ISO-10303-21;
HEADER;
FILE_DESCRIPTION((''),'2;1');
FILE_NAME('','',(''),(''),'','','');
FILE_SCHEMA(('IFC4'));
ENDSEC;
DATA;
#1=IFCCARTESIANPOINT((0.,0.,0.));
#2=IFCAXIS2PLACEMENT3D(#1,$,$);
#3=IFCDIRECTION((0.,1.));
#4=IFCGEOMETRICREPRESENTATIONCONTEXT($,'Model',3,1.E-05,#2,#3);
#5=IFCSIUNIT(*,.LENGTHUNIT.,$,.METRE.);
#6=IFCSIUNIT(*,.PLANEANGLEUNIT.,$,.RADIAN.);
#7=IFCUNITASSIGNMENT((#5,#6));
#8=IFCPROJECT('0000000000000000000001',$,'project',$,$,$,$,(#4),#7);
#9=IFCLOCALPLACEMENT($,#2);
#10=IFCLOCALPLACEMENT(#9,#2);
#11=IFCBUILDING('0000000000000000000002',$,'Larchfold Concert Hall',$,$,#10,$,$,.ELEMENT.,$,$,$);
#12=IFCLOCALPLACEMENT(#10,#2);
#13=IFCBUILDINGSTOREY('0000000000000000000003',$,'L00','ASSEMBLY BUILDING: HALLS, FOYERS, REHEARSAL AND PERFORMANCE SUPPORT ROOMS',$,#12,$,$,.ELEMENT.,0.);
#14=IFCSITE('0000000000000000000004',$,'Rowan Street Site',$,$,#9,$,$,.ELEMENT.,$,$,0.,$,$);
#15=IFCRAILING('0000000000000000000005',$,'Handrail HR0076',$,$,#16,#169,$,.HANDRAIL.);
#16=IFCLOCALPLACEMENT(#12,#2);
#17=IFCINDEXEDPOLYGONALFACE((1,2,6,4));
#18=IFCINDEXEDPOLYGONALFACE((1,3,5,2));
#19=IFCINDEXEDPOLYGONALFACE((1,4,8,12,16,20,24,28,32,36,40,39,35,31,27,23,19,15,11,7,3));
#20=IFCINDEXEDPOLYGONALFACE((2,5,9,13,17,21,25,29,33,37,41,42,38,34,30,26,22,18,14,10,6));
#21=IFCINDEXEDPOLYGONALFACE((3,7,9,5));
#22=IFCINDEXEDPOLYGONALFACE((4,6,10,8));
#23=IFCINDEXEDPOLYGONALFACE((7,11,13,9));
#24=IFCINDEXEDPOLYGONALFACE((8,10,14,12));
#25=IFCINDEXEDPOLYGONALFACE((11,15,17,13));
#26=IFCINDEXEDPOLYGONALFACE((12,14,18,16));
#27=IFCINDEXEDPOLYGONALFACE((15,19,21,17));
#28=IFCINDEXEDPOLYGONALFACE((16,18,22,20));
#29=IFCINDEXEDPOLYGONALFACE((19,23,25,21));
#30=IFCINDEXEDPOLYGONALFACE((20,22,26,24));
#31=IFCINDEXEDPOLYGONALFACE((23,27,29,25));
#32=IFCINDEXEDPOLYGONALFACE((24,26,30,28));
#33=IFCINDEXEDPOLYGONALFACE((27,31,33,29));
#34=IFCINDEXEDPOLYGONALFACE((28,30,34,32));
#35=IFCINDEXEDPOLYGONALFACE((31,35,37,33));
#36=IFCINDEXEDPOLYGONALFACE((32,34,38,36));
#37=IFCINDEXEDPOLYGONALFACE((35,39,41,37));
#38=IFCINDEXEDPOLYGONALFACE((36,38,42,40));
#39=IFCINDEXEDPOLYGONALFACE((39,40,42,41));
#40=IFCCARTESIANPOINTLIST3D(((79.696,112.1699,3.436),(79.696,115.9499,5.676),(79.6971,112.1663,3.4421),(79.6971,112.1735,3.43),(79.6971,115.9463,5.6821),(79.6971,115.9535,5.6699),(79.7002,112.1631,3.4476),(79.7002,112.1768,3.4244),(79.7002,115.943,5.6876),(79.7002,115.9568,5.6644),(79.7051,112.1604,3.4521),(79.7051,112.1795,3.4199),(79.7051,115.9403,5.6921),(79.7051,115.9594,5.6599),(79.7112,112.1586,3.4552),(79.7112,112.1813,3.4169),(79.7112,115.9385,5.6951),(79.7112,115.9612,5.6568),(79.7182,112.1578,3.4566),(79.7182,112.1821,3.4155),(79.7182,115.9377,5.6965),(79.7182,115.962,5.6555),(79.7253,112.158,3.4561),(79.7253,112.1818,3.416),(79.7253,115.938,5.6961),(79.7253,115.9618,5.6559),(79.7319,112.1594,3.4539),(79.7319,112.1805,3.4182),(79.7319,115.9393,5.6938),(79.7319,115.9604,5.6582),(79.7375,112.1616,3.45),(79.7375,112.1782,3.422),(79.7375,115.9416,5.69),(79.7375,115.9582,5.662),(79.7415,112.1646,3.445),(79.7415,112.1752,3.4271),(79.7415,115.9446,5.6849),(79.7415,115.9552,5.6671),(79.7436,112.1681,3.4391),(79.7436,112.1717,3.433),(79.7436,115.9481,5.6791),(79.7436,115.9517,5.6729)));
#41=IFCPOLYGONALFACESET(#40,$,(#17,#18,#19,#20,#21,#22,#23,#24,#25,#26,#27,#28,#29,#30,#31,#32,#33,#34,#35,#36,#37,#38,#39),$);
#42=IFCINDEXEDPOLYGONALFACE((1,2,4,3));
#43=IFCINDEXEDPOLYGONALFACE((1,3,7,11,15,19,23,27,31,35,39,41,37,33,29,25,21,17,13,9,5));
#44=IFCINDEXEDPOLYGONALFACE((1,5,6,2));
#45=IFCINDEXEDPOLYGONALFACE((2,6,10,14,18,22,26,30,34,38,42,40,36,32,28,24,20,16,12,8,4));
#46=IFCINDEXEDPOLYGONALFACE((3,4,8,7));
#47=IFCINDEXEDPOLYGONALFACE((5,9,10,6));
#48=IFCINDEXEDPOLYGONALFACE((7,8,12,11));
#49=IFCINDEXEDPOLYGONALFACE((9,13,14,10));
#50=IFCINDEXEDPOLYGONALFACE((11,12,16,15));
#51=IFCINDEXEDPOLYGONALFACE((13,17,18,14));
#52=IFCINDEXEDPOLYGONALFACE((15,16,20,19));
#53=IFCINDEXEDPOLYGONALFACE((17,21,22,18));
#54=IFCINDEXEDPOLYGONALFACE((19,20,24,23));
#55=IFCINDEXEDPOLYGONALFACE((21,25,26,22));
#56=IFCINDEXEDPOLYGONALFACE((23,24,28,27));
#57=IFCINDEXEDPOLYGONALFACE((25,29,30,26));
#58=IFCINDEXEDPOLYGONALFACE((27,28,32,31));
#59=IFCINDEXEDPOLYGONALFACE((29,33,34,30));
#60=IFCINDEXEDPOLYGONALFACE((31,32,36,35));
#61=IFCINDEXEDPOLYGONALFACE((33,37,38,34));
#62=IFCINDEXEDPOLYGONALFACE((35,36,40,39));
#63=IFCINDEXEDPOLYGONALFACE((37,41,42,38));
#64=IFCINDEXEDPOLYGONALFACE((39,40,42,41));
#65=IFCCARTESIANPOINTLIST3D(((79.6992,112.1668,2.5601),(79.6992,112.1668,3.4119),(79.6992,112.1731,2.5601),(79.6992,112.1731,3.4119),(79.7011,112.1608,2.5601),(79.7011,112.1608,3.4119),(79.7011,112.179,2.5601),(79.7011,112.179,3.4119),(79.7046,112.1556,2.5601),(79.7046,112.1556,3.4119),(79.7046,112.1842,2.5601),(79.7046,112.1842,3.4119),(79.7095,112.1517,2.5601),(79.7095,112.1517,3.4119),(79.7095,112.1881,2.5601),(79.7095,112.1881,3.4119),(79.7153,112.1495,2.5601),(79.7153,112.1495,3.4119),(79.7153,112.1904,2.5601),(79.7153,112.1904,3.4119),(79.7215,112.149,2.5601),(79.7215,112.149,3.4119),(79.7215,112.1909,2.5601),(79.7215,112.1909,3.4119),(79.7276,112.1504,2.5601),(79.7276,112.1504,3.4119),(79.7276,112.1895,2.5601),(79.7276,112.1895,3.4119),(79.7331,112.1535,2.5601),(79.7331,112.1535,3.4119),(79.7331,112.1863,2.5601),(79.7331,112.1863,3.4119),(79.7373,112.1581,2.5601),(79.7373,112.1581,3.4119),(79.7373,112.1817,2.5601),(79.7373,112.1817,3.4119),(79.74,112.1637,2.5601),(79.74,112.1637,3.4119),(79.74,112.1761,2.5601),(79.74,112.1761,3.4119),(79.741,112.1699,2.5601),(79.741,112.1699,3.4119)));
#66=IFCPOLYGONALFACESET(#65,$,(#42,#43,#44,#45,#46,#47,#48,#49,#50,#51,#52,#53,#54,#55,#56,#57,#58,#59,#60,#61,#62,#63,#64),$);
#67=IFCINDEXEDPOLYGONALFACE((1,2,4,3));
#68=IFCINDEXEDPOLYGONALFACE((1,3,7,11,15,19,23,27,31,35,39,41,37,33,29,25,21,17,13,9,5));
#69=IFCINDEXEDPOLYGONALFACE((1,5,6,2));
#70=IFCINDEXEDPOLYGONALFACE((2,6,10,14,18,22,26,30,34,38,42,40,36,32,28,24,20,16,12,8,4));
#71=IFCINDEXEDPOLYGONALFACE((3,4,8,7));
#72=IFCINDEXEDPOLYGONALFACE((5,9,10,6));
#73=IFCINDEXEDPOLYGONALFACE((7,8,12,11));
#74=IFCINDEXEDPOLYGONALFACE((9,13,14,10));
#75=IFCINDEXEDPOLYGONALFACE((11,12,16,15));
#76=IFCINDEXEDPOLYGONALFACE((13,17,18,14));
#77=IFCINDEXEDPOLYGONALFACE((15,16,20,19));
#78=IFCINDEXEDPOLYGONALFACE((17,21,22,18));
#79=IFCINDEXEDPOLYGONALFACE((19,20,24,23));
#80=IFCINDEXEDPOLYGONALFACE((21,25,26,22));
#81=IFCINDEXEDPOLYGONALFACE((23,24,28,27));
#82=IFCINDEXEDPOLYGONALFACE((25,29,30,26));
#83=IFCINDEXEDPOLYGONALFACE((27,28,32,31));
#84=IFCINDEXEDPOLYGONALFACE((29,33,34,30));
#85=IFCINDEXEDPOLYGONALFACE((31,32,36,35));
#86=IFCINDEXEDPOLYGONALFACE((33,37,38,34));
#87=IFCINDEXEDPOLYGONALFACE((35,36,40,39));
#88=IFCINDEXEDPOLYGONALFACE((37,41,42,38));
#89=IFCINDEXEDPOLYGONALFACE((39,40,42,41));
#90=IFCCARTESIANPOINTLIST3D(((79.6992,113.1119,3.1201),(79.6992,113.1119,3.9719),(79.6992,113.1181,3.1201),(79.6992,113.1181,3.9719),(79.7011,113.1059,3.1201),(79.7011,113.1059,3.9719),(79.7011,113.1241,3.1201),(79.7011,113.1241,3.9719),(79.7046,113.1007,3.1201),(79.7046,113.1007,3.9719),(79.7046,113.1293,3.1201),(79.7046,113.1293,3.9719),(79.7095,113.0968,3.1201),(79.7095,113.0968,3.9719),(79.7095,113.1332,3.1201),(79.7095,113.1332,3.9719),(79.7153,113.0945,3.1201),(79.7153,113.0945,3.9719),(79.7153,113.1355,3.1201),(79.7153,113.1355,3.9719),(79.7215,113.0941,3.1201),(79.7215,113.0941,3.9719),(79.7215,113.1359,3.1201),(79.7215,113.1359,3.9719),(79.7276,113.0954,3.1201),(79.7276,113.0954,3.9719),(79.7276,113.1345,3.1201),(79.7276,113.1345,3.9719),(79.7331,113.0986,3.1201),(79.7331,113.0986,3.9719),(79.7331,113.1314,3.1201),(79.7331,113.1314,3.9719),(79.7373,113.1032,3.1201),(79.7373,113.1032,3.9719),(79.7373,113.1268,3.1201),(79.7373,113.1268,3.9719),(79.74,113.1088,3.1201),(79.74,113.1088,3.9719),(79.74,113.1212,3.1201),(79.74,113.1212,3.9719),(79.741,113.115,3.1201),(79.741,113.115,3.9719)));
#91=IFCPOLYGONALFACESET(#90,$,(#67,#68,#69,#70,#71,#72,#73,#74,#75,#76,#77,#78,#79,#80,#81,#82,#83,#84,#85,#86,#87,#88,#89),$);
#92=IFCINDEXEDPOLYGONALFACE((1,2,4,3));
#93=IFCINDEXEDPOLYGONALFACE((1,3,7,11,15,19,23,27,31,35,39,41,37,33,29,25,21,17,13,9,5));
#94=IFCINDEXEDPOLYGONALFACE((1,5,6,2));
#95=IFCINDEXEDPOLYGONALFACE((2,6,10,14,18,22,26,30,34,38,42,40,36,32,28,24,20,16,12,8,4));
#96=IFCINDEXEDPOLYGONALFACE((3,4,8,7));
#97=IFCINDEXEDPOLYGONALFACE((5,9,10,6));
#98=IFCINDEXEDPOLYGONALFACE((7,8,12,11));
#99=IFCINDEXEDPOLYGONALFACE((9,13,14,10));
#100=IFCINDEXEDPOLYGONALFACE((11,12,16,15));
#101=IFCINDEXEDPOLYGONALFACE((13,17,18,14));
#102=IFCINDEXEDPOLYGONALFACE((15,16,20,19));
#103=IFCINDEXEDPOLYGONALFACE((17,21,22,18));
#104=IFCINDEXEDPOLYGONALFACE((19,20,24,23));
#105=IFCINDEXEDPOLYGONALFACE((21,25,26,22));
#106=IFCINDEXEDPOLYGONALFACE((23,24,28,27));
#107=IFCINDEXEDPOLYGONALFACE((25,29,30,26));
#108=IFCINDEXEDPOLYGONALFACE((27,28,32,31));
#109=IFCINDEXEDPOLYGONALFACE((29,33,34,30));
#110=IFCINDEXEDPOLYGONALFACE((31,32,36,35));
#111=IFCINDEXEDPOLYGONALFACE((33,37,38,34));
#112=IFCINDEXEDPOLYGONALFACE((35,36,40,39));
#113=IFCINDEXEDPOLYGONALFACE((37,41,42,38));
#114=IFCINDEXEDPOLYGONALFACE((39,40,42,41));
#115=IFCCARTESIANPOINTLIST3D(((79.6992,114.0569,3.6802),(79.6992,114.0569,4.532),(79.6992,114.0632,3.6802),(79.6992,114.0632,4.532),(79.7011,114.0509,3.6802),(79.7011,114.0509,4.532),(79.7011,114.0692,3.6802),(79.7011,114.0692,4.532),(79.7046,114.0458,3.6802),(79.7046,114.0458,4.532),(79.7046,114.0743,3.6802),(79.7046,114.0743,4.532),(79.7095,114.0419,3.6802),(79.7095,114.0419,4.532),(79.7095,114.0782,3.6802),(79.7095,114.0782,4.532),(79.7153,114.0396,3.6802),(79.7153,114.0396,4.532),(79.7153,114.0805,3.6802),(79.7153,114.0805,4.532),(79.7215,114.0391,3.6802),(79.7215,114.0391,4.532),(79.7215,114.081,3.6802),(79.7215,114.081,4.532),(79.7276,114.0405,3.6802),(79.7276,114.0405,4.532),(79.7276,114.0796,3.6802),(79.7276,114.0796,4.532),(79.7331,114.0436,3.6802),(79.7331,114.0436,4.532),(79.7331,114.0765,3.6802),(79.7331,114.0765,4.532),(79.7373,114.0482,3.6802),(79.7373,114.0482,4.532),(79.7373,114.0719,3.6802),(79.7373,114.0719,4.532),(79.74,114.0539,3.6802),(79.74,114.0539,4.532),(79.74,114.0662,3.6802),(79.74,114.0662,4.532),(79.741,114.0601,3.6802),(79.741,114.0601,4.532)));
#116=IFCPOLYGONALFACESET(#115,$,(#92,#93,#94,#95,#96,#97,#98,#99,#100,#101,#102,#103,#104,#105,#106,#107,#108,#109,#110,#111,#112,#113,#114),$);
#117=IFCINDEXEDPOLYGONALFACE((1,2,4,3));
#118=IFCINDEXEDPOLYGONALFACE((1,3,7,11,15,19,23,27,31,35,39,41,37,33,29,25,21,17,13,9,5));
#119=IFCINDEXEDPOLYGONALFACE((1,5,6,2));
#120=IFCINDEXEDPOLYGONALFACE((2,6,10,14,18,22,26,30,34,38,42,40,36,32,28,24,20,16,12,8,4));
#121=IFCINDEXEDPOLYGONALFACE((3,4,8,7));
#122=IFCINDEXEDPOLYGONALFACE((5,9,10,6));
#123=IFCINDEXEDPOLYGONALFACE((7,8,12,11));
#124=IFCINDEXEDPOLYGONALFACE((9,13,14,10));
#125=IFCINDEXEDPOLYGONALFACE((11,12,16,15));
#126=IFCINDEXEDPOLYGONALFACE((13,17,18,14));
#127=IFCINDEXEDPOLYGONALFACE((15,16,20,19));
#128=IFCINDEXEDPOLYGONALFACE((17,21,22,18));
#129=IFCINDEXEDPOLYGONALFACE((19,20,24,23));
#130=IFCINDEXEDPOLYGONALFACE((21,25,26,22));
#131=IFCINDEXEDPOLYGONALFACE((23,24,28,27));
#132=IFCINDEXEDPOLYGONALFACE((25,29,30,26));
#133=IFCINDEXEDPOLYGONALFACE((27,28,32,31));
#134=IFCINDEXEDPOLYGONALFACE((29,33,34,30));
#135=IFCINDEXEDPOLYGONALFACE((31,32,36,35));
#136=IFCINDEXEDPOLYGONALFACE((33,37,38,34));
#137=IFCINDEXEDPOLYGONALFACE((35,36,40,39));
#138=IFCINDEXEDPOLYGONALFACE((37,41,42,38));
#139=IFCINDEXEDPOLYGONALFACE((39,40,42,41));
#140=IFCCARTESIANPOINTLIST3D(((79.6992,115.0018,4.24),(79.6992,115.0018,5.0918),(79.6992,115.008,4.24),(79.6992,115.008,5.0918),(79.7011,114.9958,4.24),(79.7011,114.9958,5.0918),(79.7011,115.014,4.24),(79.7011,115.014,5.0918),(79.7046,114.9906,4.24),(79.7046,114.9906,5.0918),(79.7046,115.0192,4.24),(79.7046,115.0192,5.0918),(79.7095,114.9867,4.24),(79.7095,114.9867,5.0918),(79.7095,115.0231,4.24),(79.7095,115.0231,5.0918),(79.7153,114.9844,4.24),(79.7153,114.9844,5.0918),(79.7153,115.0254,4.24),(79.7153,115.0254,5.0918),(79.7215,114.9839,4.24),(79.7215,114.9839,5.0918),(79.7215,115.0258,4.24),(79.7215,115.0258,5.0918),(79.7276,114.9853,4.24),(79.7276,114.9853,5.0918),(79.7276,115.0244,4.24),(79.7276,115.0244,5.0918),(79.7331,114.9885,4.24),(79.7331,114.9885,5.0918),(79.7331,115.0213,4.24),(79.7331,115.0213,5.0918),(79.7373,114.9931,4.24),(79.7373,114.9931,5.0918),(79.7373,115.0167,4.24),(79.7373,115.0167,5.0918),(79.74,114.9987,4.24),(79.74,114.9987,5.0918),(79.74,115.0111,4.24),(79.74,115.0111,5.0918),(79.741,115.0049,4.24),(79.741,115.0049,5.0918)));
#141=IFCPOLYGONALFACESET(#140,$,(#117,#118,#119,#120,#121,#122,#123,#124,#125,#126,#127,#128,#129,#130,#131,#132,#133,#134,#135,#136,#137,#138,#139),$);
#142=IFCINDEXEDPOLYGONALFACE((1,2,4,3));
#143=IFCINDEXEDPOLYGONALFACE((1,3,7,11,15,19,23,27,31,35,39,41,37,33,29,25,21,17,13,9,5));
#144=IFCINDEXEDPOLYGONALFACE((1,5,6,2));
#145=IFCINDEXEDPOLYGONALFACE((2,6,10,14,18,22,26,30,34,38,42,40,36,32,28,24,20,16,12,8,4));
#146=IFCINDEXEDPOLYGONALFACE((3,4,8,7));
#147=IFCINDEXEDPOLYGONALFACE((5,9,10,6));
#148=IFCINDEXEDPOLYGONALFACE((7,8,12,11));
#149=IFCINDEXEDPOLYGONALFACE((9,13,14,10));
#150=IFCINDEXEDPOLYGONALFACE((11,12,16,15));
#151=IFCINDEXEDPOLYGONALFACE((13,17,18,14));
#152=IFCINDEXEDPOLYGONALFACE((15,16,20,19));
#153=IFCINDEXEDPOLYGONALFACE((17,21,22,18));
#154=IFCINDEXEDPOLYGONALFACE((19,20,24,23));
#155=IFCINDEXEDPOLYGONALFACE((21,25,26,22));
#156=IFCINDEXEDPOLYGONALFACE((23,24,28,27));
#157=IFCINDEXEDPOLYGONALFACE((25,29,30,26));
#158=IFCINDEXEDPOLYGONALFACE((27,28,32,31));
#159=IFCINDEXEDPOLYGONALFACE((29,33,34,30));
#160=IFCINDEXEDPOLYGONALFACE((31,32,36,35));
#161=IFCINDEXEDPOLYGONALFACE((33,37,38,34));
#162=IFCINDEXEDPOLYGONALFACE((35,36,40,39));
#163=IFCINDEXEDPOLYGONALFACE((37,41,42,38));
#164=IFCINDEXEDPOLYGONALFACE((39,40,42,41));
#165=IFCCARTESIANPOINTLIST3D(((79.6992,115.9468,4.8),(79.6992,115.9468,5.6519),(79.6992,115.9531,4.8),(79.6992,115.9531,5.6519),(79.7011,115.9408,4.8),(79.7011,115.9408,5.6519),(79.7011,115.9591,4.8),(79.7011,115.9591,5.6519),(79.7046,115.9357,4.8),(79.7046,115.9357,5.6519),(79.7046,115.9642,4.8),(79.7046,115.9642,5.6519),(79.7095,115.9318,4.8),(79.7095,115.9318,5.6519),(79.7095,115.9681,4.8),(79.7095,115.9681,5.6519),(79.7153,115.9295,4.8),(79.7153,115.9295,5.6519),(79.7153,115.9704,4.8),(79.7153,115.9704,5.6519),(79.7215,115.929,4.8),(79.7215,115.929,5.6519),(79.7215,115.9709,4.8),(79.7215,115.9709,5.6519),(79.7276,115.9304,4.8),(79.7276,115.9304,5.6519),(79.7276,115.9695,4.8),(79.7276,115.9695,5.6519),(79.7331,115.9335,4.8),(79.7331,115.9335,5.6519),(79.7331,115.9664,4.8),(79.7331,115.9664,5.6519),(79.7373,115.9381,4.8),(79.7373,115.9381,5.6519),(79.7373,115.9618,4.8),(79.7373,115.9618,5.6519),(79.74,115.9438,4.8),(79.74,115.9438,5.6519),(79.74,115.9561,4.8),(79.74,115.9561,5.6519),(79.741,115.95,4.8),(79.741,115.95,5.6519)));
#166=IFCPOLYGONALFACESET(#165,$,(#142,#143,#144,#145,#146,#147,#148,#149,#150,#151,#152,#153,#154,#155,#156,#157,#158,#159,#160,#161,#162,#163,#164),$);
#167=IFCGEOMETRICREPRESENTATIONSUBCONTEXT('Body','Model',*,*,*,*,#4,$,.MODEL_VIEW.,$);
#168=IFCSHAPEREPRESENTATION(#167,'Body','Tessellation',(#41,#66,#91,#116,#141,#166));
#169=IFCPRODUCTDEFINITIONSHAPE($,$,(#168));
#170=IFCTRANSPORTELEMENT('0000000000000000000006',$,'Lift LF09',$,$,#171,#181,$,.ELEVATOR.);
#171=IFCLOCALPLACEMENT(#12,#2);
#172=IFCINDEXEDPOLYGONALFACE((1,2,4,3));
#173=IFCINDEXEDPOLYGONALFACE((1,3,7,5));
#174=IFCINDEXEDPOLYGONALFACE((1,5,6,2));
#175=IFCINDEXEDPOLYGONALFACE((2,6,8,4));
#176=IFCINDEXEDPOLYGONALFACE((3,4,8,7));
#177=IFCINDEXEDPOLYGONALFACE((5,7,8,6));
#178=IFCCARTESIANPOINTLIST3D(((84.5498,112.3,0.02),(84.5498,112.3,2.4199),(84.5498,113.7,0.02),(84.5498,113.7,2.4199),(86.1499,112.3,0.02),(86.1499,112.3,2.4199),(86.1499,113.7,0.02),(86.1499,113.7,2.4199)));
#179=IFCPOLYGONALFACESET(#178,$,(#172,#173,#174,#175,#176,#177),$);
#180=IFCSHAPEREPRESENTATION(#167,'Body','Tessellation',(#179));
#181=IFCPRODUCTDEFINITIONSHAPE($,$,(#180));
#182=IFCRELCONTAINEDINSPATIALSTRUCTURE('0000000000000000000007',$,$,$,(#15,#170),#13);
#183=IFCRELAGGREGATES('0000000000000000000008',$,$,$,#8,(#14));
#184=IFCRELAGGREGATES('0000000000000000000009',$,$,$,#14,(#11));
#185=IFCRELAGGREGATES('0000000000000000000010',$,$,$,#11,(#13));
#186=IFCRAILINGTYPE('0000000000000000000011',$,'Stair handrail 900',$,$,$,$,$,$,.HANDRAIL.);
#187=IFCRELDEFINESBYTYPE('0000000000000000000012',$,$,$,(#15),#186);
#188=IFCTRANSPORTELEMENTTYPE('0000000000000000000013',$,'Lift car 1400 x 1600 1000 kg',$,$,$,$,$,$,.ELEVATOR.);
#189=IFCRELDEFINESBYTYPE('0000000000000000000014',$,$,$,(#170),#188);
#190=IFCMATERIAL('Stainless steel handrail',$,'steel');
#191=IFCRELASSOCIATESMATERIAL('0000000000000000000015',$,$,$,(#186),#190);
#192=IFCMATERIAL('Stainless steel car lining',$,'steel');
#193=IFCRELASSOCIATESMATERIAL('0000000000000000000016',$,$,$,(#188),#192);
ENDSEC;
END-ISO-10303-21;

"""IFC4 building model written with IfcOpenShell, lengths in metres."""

from ifc_helpers import new_model, si_unit, direction, frame, origin, origin_2d, place, context, subcontext, project, spatial, rectangle, circle, extrude, material, type_object, element, save


model = new_model("IFC4")

# Units and contexts
model_context = context("Model", 3, precision=1e-05, world=origin(), true_north=direction((0.0, 1.0)))
body_context = subcontext(model_context, "Body", "Model", "MODEL_VIEW")
ifc_project = project(units=[si_unit("LENGTHUNIT", "METRE"), si_unit("PLANEANGLEUNIT", "RADIAN")], contexts=[model_context])

# Site, building, storey
site_placement = place(None, origin())
site = spatial("IfcSite", under=ifc_project, at=site_placement, Name="Rowan Street Site", CompositionType="ELEMENT", RefElevation=0.0)
building_placement = place(site_placement, origin())
building = spatial("IfcBuilding", under=site, at=building_placement, Name="Larchfold Concert Hall", CompositionType="ELEMENT")
storey_placement = place(building_placement, origin())
storey = spatial("IfcBuildingStorey", under=building, at=storey_placement, Name="L00", Description="ASSEMBLY BUILDING: HALLS, FOYERS, REHEARSAL AND PERFORMANCE SUPPORT ROOMS", CompositionType="ELEMENT", Elevation=0.0)

# Railing
ifc_material_1 = material(Name="Stainless steel handrail", Category="steel")
railing_type_1 = type_object("IfcRailingType", Name="Stair handrail 900", PredefinedType="HANDRAIL", material=ifc_material_1)
railing_1_placement = place(storey_placement, frame((79.72, 112.1699, 2.5601)))
element("IfcRailing", 1, at=railing_1_placement, inside=storey, type_object=railing_type_1, Name="Handrail HR0076", PredefinedType="HANDRAIL", context=body_context, shape_type="SweptSolid", body=[
    extrude(circle(Radius=0.0239, at=origin_2d()), frame((0.0, 0.0, 0.876), z_axis=(0.0, 0.860294, 0.509798), x_axis=(-1.0, 0.0, 0.0)), (0.0, 0.0, 1.0), 4.3938),
    extrude(circle(Radius=0.021, at=origin_2d()), origin(), (0.0, 0.0, 1.0), 0.8518),
    extrude(circle(Radius=0.021, at=origin_2d()), frame((0.0, 0.9451, 0.5601)), (0.0, 0.0, 1.0), 0.8518),
    extrude(circle(Radius=0.021, at=origin_2d()), frame((0.0, 1.8901, 1.1201)), (0.0, 0.0, 1.0), 0.8518),
    extrude(circle(Radius=0.021, at=origin_2d()), frame((0.0, 2.835, 1.6799)), (0.0, 0.0, 1.0), 0.8518),
    extrude(circle(Radius=0.021, at=origin_2d()), frame((0.0, 3.78, 2.24)), (0.0, 0.0, 1.0), 0.8518),
])

# Transport element
ifc_material_2 = material(Name="Stainless steel car lining", Category="steel")
transport_element_type = type_object("IfcTransportElementType", Name="Lift car 1400 x 1600 1000 kg", PredefinedType="ELEVATOR", material=ifc_material_2)
transport_element_placement = place(storey_placement, frame((85.3499, 113.0, 0.02), z_axis=(0.0, 0.0, 1.0), x_axis=(1.0, 0.0, 0.0)))
element("IfcTransportElement", 2, at=transport_element_placement, inside=storey, type_object=transport_element_type, Name="Lift LF09", PredefinedType="ELEVATOR", context=body_context, shape_type="SweptSolid", body=[
    extrude(rectangle(XDim=1.6001, YDim=1.3999, at=origin_2d()), origin(), (0.0, 0.0, 1.0), 2.3999),
])

save(model, "model.ifc")
